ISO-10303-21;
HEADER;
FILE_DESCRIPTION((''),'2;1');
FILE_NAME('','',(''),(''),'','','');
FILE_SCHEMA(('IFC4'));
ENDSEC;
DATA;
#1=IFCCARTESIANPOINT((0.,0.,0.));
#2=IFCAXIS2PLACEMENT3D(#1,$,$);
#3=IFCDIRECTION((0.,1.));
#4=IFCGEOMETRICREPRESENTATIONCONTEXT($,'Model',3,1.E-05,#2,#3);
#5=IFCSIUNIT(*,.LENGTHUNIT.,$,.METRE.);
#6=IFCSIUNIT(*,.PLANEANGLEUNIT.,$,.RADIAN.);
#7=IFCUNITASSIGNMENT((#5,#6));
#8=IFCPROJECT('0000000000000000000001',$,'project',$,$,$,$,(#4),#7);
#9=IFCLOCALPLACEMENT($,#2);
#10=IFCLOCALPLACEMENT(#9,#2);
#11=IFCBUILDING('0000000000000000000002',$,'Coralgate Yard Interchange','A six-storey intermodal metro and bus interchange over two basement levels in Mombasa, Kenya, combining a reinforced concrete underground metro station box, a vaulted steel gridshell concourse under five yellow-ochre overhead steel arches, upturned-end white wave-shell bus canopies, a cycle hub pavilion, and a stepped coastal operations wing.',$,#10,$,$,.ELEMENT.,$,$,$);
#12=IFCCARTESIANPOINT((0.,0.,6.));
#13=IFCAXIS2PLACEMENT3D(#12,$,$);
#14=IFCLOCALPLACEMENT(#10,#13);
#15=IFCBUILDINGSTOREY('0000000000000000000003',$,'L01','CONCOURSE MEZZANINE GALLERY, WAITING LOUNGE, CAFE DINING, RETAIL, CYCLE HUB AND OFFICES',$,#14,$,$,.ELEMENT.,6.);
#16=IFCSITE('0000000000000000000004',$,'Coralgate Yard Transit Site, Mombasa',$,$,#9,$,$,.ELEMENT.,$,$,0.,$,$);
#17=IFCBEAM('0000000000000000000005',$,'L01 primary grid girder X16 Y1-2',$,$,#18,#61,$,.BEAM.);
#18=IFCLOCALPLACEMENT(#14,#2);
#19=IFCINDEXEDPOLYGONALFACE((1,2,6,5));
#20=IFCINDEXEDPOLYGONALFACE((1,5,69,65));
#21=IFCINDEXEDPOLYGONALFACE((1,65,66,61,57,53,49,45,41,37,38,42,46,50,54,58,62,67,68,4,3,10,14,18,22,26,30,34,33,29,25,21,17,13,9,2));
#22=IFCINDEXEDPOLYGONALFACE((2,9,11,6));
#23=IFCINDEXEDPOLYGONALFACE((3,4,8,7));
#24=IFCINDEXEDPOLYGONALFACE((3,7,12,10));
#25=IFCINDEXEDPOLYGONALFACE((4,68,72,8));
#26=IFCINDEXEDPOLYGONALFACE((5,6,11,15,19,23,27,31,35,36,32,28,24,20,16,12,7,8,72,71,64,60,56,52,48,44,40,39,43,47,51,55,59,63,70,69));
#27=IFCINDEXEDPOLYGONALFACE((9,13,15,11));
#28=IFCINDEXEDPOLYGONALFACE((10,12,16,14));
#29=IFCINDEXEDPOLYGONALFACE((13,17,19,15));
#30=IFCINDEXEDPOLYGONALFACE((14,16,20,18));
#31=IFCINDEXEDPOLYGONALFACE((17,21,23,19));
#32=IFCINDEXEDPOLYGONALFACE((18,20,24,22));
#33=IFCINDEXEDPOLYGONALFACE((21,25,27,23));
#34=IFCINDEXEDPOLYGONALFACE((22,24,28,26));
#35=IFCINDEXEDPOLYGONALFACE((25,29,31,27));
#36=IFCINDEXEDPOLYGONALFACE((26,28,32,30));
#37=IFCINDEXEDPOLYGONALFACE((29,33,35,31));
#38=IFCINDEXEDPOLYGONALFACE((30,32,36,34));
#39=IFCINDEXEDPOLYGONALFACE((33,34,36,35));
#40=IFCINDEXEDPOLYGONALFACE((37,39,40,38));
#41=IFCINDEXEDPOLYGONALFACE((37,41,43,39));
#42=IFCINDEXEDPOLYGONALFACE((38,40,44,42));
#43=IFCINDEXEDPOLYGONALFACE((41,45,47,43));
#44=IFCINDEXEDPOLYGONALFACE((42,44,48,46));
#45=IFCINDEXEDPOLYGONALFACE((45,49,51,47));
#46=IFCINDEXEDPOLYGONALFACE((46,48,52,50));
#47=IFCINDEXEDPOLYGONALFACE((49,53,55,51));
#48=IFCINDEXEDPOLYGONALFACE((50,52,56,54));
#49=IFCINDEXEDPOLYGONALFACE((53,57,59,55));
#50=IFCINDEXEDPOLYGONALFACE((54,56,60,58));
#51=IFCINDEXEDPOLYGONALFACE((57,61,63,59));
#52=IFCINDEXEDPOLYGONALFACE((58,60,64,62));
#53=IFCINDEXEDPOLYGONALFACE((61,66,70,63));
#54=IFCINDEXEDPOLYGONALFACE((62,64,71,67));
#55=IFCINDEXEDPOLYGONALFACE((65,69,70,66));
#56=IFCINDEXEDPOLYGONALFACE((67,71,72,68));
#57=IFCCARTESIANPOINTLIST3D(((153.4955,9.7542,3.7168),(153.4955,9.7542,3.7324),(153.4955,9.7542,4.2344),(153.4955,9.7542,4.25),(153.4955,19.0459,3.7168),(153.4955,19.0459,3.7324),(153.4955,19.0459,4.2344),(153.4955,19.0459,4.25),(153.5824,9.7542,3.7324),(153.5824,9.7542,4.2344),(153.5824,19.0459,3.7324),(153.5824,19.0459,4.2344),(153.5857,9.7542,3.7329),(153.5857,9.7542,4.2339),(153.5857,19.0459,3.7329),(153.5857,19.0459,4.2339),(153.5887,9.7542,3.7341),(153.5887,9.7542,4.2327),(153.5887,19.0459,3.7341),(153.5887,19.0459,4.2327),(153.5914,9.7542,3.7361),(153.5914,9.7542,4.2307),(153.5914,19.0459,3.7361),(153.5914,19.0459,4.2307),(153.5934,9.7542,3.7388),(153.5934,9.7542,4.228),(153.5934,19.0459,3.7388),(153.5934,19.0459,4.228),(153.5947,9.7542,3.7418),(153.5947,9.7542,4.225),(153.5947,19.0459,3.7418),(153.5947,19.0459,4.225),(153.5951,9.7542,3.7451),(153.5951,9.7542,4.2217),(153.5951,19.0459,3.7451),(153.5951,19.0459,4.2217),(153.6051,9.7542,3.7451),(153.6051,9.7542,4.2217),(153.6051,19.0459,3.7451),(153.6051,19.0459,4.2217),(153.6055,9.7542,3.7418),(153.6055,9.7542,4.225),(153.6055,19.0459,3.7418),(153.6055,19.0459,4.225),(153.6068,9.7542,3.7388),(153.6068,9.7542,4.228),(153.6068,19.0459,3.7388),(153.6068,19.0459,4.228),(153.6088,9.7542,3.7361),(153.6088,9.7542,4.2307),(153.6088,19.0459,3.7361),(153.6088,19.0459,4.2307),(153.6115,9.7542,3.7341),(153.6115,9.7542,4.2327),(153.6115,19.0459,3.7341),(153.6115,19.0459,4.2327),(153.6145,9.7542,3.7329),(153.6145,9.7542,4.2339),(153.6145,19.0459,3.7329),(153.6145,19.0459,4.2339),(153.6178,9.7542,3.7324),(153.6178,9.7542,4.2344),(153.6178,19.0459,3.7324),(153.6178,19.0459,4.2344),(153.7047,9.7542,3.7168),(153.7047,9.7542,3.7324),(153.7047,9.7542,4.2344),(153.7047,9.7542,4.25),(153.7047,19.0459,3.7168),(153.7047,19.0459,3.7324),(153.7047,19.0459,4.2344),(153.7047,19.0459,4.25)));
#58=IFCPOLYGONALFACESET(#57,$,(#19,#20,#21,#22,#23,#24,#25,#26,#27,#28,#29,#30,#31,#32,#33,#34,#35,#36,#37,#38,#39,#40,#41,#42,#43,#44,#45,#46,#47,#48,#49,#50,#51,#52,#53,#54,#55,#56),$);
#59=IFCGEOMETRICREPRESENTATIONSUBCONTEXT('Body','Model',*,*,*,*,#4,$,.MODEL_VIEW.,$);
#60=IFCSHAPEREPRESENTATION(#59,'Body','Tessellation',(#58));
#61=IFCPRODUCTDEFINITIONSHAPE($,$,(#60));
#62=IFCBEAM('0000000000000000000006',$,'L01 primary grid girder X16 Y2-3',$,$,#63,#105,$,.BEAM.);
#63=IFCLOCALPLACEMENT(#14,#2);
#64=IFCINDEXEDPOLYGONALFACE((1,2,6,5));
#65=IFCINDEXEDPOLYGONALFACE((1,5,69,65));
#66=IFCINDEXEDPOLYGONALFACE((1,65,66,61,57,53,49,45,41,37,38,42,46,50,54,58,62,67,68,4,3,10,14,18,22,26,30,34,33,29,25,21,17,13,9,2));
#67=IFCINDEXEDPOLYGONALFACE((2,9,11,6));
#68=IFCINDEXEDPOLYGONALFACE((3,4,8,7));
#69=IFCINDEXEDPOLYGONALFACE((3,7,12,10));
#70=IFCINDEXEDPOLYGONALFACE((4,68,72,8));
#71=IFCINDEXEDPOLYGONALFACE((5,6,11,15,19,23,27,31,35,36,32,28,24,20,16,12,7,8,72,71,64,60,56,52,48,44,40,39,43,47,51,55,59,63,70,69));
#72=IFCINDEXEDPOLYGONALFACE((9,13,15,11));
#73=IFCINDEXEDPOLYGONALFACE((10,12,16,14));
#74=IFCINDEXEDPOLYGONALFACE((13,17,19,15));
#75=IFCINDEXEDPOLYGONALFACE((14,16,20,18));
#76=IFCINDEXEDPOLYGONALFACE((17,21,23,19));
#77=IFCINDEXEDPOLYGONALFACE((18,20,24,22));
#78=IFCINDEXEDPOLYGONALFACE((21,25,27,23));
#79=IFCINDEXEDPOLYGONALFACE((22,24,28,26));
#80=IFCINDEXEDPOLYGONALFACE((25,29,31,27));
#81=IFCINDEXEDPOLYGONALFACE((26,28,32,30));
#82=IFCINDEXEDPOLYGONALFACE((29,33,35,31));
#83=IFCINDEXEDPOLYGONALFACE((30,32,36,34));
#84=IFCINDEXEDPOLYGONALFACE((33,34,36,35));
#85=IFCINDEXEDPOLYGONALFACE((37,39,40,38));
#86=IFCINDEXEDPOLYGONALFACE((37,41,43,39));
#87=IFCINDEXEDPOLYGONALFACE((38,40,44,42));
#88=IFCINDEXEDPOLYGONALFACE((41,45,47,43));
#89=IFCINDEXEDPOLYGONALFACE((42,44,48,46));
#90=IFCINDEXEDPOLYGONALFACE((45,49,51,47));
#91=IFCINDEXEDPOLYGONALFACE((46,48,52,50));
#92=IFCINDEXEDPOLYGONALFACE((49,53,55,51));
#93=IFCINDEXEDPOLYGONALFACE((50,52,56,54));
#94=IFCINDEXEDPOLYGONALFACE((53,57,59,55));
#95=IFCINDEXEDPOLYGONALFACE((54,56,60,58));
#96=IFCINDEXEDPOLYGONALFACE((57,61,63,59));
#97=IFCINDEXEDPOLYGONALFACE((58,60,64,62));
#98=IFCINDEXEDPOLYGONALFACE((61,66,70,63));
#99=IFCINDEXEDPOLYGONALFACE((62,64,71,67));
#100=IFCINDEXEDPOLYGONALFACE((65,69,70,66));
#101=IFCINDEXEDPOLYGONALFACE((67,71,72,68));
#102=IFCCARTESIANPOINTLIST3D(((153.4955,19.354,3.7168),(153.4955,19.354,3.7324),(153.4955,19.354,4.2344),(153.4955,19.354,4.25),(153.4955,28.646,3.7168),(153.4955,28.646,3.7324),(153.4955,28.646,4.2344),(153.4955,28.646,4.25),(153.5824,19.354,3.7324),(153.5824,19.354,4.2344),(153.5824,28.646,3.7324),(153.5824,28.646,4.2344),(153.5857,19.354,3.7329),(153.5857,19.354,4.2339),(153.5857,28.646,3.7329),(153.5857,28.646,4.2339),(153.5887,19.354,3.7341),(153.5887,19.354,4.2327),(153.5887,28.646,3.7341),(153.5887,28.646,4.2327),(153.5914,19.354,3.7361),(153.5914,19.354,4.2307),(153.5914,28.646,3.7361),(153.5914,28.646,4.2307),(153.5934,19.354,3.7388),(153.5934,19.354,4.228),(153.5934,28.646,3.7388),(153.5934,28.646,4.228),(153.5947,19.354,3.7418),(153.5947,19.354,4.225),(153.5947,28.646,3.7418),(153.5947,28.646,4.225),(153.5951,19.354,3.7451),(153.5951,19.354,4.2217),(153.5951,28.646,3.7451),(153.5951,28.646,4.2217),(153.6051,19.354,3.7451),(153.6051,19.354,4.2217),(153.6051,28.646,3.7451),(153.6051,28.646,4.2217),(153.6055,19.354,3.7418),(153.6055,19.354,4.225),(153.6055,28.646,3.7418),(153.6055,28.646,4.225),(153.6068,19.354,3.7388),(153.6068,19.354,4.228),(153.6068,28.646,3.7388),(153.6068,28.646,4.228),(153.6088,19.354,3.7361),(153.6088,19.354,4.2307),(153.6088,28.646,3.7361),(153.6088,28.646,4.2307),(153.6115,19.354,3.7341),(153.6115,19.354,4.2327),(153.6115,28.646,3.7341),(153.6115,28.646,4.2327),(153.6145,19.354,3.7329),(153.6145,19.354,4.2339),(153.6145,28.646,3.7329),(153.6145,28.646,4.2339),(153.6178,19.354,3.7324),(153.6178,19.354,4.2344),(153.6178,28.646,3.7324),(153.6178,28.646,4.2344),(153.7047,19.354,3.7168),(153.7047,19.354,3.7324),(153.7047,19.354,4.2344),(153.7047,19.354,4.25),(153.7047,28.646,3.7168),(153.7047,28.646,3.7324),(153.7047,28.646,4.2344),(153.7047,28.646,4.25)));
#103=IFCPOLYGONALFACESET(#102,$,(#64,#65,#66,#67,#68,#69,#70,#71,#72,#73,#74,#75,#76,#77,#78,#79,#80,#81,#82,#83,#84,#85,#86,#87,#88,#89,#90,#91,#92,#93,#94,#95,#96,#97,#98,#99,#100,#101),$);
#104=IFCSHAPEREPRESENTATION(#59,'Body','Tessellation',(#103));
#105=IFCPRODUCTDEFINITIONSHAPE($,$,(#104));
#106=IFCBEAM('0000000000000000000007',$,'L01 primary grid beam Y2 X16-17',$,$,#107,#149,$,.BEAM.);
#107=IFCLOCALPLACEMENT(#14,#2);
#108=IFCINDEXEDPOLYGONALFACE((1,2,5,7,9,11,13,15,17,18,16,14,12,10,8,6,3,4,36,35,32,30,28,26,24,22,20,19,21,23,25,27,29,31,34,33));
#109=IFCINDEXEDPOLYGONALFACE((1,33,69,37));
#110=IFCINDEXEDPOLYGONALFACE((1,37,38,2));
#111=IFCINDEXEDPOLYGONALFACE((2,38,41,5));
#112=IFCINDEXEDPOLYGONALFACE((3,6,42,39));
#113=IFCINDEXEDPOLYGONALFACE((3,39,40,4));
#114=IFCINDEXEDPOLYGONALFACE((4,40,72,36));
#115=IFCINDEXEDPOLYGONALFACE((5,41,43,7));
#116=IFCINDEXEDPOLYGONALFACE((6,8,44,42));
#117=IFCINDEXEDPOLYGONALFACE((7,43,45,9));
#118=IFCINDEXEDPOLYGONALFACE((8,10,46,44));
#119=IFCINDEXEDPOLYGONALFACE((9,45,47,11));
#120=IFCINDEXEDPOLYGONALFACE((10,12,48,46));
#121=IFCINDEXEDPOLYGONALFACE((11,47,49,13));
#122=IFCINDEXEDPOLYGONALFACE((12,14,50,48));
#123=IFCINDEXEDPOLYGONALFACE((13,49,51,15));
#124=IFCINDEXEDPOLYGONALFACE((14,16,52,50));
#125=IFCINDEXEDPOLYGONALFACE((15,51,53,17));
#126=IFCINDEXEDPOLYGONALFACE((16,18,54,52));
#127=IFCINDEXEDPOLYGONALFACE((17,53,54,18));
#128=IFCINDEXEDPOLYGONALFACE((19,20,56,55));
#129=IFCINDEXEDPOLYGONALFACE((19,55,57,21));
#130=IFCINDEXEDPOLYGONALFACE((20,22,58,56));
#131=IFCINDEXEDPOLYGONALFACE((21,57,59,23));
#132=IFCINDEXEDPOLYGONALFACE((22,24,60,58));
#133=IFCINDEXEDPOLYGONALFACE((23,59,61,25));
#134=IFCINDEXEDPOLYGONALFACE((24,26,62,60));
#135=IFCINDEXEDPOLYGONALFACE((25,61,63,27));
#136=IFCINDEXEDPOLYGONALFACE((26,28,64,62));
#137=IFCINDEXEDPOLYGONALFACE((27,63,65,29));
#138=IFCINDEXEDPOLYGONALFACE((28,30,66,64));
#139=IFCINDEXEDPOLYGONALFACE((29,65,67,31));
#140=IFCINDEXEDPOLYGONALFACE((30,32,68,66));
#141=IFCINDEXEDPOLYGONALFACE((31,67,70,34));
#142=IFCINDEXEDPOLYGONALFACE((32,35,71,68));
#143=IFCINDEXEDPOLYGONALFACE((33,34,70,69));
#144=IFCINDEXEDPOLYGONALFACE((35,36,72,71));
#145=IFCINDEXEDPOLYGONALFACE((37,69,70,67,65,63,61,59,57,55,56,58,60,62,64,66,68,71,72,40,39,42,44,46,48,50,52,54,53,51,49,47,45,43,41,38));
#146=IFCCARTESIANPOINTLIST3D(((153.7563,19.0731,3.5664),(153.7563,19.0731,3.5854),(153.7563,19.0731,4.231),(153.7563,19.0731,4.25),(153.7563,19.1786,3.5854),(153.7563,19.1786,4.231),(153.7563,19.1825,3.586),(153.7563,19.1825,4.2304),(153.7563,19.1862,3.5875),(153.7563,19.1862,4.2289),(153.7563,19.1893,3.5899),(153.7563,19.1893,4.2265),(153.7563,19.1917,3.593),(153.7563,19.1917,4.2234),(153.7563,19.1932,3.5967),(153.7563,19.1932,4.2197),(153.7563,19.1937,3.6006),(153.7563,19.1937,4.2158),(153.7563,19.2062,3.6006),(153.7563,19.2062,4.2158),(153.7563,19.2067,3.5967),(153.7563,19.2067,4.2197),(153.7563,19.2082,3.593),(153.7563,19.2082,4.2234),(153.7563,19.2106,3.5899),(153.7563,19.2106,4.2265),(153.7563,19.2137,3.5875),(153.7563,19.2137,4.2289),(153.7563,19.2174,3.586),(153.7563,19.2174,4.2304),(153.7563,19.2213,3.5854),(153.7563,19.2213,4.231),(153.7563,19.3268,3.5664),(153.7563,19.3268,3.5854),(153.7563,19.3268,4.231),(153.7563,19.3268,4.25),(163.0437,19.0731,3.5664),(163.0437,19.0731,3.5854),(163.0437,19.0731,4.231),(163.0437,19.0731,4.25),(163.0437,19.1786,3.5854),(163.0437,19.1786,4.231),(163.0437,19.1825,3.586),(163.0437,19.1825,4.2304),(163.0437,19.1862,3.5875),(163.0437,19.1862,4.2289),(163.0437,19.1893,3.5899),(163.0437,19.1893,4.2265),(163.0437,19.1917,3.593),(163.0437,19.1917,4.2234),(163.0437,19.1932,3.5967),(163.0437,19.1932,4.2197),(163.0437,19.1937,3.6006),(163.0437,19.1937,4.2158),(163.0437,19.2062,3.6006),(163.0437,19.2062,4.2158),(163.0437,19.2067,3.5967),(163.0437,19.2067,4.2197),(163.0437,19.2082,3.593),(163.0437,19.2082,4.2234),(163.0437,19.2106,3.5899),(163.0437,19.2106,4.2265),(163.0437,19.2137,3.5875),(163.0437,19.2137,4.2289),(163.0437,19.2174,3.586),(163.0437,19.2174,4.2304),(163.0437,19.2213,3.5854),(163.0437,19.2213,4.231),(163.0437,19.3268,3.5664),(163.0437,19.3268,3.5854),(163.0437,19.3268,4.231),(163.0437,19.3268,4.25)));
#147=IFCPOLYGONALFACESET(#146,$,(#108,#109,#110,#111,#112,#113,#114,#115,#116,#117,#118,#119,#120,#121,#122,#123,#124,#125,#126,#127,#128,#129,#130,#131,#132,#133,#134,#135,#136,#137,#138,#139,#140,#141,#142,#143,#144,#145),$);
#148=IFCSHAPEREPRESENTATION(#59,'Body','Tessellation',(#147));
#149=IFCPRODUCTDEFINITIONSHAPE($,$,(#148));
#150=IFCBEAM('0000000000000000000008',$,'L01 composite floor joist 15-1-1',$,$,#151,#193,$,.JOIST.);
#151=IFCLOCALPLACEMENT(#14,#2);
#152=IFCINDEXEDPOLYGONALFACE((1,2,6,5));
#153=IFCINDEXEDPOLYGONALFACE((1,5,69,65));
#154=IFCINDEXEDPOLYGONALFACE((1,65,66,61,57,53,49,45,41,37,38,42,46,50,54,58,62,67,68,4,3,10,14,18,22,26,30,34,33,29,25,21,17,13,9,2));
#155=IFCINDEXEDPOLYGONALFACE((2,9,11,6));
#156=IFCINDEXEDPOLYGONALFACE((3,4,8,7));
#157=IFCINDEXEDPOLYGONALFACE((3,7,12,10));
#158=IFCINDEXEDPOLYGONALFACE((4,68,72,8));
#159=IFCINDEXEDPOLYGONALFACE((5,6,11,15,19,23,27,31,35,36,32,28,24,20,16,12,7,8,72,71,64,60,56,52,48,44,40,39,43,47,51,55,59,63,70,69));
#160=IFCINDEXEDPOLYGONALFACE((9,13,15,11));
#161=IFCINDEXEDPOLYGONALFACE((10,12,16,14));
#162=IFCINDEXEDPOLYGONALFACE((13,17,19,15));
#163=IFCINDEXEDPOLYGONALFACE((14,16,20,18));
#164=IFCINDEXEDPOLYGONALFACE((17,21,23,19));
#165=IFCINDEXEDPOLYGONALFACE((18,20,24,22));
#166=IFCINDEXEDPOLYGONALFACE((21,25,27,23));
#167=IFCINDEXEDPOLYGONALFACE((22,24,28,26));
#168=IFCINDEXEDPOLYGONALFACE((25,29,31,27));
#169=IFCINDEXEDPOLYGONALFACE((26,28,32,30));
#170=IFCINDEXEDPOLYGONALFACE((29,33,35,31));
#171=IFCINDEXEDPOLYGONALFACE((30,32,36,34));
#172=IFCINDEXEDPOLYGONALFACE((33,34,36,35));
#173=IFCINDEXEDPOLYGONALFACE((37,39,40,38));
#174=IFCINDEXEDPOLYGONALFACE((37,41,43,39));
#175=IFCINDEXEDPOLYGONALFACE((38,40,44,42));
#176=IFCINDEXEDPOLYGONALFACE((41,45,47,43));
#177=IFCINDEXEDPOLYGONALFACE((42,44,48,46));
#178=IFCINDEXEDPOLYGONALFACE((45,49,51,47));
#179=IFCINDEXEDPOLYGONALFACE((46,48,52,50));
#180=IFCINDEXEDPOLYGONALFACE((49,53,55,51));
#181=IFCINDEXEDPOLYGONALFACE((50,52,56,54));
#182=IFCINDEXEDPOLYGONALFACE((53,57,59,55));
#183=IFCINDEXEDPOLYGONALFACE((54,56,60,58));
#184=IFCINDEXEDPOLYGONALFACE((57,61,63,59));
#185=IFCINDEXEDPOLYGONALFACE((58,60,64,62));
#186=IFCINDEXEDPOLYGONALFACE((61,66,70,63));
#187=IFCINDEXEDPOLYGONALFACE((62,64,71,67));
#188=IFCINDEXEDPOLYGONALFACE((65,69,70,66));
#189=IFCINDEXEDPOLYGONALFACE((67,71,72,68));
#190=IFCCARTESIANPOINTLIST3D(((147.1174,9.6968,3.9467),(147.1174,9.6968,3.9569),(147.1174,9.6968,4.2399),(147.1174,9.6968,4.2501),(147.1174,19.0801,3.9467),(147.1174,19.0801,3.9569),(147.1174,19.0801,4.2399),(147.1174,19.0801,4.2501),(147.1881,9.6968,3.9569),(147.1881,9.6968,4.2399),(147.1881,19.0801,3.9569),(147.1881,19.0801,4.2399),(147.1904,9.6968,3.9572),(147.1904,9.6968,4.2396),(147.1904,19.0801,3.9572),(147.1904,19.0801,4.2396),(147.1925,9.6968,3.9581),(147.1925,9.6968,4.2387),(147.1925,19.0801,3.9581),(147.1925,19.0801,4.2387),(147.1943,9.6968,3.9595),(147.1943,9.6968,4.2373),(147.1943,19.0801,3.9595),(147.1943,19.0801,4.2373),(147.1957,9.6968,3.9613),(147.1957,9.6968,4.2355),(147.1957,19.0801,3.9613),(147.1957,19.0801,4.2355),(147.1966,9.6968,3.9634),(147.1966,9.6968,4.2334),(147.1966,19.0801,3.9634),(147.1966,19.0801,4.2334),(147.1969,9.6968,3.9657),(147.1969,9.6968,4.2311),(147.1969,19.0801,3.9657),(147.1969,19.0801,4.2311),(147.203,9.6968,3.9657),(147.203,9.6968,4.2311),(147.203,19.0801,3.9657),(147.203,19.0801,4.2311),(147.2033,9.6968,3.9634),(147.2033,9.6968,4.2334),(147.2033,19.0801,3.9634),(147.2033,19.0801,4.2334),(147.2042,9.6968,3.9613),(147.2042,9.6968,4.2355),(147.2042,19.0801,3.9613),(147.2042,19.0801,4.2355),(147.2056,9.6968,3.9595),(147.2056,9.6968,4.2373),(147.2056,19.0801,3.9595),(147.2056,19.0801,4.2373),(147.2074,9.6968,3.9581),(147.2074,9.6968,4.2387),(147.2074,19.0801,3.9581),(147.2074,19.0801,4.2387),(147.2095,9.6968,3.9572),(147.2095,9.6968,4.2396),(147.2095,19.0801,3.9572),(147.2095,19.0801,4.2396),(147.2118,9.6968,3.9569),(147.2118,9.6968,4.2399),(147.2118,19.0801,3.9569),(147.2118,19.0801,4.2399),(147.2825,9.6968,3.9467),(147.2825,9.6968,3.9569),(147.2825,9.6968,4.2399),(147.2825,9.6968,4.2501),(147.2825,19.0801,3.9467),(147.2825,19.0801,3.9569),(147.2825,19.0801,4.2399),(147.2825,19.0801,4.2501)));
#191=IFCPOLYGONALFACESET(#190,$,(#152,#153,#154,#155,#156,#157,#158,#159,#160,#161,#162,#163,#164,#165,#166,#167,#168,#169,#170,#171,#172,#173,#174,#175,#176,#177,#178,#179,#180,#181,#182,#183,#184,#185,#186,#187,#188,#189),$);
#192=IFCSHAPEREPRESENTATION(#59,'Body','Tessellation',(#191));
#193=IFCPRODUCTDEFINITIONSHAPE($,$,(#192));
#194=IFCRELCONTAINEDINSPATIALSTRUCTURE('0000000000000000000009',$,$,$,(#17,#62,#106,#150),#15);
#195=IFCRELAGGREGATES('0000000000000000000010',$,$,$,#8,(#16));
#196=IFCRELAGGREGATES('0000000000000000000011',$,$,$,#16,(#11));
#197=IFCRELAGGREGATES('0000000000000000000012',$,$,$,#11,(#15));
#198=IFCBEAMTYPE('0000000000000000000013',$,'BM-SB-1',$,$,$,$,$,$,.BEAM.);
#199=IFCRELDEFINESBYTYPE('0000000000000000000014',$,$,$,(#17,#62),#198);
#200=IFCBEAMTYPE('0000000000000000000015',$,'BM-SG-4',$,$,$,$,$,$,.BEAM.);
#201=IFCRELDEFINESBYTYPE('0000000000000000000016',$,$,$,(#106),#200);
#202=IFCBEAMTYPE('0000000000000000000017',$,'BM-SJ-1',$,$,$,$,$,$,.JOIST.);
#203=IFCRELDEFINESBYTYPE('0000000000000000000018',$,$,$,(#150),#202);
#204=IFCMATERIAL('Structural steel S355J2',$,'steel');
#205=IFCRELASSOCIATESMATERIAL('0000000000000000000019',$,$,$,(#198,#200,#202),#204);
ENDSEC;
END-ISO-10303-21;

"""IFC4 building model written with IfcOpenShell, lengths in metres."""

from ifc_helpers import new_model, si_unit, direction, frame, origin, origin_2d, place, context, subcontext, project, spatial, i_section, extrude, material, material_profile, profile_set, type_object, element, save


model = new_model("IFC4")

# Units and contexts
model_context = context("Model", 3, precision=1e-05, world=origin(), true_north=direction((0.0, 1.0)))
body_context = subcontext(model_context, "Body", "Model", "MODEL_VIEW")
ifc_project = project(units=[si_unit("LENGTHUNIT", "METRE"), si_unit("PLANEANGLEUNIT", "RADIAN")], contexts=[model_context])

# Site, building, storey
site_placement = place(None, origin())
site = spatial("IfcSite", under=ifc_project, at=site_placement, Name="Coralgate Yard Transit Site, Mombasa", CompositionType="ELEMENT", RefElevation=0.0)
building_placement = place(site_placement, origin())
building = spatial("IfcBuilding", under=site, at=building_placement, Name="Coralgate Yard Interchange", Description="A six-storey intermodal metro and bus interchange over two basement levels in Mombasa, Kenya, combining a reinforced concrete underground metro station box, a vaulted steel gridshell concourse under five yellow-ochre overhead steel arches, upturned-end white wave-shell bus canopies, a cycle hub pavilion, and a stepped coastal operations wing.", CompositionType="ELEMENT")
storey_placement = place(building_placement, frame((0.0, 0.0, 6.0)))
storey = spatial("IfcBuildingStorey", under=building, at=storey_placement, Name="L01", Description="CONCOURSE MEZZANINE GALLERY, WAITING LOUNGE, CAFE DINING, RETAIL, CYCLE HUB AND OFFICES", CompositionType="ELEMENT", Elevation=6.0)

# Shared definitions
ifc_material_1 = material(Name="Structural steel S355J2", Category="steel")

# Beams
ifc_material_profile_1 = material_profile(ifc_material_1, i_section(OverallWidth=0.2092, OverallDepth=0.5332, WebThickness=0.01, FlangeThickness=0.0156, FilletRadius=0.0127, at=origin_2d()), Name="UB 533x210x92")
ifc_profile_set_1 = profile_set([ifc_material_profile_1], Name="Structural steel S355J2")
beam_type_1 = type_object("IfcBeamType", Name="BM-SB-1", PredefinedType="BEAM", material=ifc_profile_set_1)
for number, where, z_axis, x_axis, name in (
    (1, (153.6001, 9.7542, 3.9834), (0.0, 1.0, 0.0), (-1.0, 0.0, 0.0), "L01 primary grid girder X16 Y1-2"),
):
    element("IfcBeam", number, at=place(storey_placement, frame(where, z_axis=z_axis, x_axis=x_axis)), inside=storey, type_object=beam_type_1, Name=name, PredefinedType="BEAM", context=body_context, shape_type="SweptSolid", body=[
        extrude(i_section(OverallWidth=0.2092, OverallDepth=0.5332, WebThickness=0.01, FlangeThickness=0.0156, FilletRadius=0.0127, at=origin_2d()), origin(), (0.0, 0.0, 1.0), 9.2917),
    ])
beam_1_placement = place(storey_placement, frame((153.6001, 19.354, 3.9834), z_axis=(0.0, 1.0, 0.0), x_axis=(-1.0, 0.0, 0.0)))
element("IfcBeam", 2, at=beam_1_placement, inside=storey, type_object=beam_type_1, Name="L01 primary grid girder X16 Y2-3", PredefinedType="BEAM", context=body_context, shape_type="SweptSolid", body=[
    extrude(i_section(OverallWidth=0.2092, OverallDepth=0.5332, WebThickness=0.01, FlangeThickness=0.0156, FilletRadius=0.0127, at=origin_2d()), origin(), (0.0, 0.0, 1.0), 9.292),
])
ifc_material_profile_2 = material_profile(ifc_material_1, i_section(OverallWidth=0.2537, OverallDepth=0.6836, WebThickness=0.0125, FlangeThickness=0.019, FilletRadius=0.0151, at=origin_2d()), Name="UB 686x254x140")
ifc_profile_set_2 = profile_set([ifc_material_profile_2], Name="Structural steel S355J2")
beam_type_2 = type_object("IfcBeamType", Name="BM-SG-4", PredefinedType="BEAM", material=ifc_profile_set_2)
beam_2_placement = place(storey_placement, frame((153.7563, 19.2, 3.9082), z_axis=(1.0, 0.0, 0.0), x_axis=(0.0, 1.0, 0.0)))
element("IfcBeam", 3, at=beam_2_placement, inside=storey, type_object=beam_type_2, Name="L01 primary grid beam Y2 X16-17", PredefinedType="BEAM", context=body_context, shape_type="SweptSolid", body=[
    extrude(i_section(OverallWidth=0.2537, OverallDepth=0.6836, WebThickness=0.0125, FlangeThickness=0.019, FilletRadius=0.0151, at=origin_2d()), origin(), (0.0, 0.0, 1.0), 9.2874),
])
ifc_material_profile_3 = material_profile(ifc_material_1, i_section(OverallWidth=0.165, OverallDepth=0.3035, WebThickness=0.0061, FlangeThickness=0.0103, FilletRadius=0.0088, at=origin_2d()), Name="UB 305x165x40")
ifc_profile_set_3 = profile_set([ifc_material_profile_3], Name="Structural steel S355J2")
beam_type_3 = type_object("IfcBeamType", Name="BM-SJ-1", PredefinedType="JOIST", material=ifc_profile_set_3)
for number, where, z_axis, x_axis, name in (
    (4, (147.2, 9.6968, 4.0984), (0.0, 1.0, 0.0), (-1.0, 0.0, 0.0), "L01 composite floor joist 15-1-1"),
):
    element("IfcBeam", number, at=place(storey_placement, frame(where, z_axis=z_axis, x_axis=x_axis)), inside=storey, type_object=beam_type_3, Name=name, PredefinedType="JOIST", context=body_context, shape_type="SweptSolid", body=[
        extrude(i_section(OverallWidth=0.165, OverallDepth=0.3035, WebThickness=0.0061, FlangeThickness=0.0103, FilletRadius=0.0088, at=origin_2d()), origin(), (0.0, 0.0, 1.0), 9.3833),
    ])

save(model, "model.ifc")
